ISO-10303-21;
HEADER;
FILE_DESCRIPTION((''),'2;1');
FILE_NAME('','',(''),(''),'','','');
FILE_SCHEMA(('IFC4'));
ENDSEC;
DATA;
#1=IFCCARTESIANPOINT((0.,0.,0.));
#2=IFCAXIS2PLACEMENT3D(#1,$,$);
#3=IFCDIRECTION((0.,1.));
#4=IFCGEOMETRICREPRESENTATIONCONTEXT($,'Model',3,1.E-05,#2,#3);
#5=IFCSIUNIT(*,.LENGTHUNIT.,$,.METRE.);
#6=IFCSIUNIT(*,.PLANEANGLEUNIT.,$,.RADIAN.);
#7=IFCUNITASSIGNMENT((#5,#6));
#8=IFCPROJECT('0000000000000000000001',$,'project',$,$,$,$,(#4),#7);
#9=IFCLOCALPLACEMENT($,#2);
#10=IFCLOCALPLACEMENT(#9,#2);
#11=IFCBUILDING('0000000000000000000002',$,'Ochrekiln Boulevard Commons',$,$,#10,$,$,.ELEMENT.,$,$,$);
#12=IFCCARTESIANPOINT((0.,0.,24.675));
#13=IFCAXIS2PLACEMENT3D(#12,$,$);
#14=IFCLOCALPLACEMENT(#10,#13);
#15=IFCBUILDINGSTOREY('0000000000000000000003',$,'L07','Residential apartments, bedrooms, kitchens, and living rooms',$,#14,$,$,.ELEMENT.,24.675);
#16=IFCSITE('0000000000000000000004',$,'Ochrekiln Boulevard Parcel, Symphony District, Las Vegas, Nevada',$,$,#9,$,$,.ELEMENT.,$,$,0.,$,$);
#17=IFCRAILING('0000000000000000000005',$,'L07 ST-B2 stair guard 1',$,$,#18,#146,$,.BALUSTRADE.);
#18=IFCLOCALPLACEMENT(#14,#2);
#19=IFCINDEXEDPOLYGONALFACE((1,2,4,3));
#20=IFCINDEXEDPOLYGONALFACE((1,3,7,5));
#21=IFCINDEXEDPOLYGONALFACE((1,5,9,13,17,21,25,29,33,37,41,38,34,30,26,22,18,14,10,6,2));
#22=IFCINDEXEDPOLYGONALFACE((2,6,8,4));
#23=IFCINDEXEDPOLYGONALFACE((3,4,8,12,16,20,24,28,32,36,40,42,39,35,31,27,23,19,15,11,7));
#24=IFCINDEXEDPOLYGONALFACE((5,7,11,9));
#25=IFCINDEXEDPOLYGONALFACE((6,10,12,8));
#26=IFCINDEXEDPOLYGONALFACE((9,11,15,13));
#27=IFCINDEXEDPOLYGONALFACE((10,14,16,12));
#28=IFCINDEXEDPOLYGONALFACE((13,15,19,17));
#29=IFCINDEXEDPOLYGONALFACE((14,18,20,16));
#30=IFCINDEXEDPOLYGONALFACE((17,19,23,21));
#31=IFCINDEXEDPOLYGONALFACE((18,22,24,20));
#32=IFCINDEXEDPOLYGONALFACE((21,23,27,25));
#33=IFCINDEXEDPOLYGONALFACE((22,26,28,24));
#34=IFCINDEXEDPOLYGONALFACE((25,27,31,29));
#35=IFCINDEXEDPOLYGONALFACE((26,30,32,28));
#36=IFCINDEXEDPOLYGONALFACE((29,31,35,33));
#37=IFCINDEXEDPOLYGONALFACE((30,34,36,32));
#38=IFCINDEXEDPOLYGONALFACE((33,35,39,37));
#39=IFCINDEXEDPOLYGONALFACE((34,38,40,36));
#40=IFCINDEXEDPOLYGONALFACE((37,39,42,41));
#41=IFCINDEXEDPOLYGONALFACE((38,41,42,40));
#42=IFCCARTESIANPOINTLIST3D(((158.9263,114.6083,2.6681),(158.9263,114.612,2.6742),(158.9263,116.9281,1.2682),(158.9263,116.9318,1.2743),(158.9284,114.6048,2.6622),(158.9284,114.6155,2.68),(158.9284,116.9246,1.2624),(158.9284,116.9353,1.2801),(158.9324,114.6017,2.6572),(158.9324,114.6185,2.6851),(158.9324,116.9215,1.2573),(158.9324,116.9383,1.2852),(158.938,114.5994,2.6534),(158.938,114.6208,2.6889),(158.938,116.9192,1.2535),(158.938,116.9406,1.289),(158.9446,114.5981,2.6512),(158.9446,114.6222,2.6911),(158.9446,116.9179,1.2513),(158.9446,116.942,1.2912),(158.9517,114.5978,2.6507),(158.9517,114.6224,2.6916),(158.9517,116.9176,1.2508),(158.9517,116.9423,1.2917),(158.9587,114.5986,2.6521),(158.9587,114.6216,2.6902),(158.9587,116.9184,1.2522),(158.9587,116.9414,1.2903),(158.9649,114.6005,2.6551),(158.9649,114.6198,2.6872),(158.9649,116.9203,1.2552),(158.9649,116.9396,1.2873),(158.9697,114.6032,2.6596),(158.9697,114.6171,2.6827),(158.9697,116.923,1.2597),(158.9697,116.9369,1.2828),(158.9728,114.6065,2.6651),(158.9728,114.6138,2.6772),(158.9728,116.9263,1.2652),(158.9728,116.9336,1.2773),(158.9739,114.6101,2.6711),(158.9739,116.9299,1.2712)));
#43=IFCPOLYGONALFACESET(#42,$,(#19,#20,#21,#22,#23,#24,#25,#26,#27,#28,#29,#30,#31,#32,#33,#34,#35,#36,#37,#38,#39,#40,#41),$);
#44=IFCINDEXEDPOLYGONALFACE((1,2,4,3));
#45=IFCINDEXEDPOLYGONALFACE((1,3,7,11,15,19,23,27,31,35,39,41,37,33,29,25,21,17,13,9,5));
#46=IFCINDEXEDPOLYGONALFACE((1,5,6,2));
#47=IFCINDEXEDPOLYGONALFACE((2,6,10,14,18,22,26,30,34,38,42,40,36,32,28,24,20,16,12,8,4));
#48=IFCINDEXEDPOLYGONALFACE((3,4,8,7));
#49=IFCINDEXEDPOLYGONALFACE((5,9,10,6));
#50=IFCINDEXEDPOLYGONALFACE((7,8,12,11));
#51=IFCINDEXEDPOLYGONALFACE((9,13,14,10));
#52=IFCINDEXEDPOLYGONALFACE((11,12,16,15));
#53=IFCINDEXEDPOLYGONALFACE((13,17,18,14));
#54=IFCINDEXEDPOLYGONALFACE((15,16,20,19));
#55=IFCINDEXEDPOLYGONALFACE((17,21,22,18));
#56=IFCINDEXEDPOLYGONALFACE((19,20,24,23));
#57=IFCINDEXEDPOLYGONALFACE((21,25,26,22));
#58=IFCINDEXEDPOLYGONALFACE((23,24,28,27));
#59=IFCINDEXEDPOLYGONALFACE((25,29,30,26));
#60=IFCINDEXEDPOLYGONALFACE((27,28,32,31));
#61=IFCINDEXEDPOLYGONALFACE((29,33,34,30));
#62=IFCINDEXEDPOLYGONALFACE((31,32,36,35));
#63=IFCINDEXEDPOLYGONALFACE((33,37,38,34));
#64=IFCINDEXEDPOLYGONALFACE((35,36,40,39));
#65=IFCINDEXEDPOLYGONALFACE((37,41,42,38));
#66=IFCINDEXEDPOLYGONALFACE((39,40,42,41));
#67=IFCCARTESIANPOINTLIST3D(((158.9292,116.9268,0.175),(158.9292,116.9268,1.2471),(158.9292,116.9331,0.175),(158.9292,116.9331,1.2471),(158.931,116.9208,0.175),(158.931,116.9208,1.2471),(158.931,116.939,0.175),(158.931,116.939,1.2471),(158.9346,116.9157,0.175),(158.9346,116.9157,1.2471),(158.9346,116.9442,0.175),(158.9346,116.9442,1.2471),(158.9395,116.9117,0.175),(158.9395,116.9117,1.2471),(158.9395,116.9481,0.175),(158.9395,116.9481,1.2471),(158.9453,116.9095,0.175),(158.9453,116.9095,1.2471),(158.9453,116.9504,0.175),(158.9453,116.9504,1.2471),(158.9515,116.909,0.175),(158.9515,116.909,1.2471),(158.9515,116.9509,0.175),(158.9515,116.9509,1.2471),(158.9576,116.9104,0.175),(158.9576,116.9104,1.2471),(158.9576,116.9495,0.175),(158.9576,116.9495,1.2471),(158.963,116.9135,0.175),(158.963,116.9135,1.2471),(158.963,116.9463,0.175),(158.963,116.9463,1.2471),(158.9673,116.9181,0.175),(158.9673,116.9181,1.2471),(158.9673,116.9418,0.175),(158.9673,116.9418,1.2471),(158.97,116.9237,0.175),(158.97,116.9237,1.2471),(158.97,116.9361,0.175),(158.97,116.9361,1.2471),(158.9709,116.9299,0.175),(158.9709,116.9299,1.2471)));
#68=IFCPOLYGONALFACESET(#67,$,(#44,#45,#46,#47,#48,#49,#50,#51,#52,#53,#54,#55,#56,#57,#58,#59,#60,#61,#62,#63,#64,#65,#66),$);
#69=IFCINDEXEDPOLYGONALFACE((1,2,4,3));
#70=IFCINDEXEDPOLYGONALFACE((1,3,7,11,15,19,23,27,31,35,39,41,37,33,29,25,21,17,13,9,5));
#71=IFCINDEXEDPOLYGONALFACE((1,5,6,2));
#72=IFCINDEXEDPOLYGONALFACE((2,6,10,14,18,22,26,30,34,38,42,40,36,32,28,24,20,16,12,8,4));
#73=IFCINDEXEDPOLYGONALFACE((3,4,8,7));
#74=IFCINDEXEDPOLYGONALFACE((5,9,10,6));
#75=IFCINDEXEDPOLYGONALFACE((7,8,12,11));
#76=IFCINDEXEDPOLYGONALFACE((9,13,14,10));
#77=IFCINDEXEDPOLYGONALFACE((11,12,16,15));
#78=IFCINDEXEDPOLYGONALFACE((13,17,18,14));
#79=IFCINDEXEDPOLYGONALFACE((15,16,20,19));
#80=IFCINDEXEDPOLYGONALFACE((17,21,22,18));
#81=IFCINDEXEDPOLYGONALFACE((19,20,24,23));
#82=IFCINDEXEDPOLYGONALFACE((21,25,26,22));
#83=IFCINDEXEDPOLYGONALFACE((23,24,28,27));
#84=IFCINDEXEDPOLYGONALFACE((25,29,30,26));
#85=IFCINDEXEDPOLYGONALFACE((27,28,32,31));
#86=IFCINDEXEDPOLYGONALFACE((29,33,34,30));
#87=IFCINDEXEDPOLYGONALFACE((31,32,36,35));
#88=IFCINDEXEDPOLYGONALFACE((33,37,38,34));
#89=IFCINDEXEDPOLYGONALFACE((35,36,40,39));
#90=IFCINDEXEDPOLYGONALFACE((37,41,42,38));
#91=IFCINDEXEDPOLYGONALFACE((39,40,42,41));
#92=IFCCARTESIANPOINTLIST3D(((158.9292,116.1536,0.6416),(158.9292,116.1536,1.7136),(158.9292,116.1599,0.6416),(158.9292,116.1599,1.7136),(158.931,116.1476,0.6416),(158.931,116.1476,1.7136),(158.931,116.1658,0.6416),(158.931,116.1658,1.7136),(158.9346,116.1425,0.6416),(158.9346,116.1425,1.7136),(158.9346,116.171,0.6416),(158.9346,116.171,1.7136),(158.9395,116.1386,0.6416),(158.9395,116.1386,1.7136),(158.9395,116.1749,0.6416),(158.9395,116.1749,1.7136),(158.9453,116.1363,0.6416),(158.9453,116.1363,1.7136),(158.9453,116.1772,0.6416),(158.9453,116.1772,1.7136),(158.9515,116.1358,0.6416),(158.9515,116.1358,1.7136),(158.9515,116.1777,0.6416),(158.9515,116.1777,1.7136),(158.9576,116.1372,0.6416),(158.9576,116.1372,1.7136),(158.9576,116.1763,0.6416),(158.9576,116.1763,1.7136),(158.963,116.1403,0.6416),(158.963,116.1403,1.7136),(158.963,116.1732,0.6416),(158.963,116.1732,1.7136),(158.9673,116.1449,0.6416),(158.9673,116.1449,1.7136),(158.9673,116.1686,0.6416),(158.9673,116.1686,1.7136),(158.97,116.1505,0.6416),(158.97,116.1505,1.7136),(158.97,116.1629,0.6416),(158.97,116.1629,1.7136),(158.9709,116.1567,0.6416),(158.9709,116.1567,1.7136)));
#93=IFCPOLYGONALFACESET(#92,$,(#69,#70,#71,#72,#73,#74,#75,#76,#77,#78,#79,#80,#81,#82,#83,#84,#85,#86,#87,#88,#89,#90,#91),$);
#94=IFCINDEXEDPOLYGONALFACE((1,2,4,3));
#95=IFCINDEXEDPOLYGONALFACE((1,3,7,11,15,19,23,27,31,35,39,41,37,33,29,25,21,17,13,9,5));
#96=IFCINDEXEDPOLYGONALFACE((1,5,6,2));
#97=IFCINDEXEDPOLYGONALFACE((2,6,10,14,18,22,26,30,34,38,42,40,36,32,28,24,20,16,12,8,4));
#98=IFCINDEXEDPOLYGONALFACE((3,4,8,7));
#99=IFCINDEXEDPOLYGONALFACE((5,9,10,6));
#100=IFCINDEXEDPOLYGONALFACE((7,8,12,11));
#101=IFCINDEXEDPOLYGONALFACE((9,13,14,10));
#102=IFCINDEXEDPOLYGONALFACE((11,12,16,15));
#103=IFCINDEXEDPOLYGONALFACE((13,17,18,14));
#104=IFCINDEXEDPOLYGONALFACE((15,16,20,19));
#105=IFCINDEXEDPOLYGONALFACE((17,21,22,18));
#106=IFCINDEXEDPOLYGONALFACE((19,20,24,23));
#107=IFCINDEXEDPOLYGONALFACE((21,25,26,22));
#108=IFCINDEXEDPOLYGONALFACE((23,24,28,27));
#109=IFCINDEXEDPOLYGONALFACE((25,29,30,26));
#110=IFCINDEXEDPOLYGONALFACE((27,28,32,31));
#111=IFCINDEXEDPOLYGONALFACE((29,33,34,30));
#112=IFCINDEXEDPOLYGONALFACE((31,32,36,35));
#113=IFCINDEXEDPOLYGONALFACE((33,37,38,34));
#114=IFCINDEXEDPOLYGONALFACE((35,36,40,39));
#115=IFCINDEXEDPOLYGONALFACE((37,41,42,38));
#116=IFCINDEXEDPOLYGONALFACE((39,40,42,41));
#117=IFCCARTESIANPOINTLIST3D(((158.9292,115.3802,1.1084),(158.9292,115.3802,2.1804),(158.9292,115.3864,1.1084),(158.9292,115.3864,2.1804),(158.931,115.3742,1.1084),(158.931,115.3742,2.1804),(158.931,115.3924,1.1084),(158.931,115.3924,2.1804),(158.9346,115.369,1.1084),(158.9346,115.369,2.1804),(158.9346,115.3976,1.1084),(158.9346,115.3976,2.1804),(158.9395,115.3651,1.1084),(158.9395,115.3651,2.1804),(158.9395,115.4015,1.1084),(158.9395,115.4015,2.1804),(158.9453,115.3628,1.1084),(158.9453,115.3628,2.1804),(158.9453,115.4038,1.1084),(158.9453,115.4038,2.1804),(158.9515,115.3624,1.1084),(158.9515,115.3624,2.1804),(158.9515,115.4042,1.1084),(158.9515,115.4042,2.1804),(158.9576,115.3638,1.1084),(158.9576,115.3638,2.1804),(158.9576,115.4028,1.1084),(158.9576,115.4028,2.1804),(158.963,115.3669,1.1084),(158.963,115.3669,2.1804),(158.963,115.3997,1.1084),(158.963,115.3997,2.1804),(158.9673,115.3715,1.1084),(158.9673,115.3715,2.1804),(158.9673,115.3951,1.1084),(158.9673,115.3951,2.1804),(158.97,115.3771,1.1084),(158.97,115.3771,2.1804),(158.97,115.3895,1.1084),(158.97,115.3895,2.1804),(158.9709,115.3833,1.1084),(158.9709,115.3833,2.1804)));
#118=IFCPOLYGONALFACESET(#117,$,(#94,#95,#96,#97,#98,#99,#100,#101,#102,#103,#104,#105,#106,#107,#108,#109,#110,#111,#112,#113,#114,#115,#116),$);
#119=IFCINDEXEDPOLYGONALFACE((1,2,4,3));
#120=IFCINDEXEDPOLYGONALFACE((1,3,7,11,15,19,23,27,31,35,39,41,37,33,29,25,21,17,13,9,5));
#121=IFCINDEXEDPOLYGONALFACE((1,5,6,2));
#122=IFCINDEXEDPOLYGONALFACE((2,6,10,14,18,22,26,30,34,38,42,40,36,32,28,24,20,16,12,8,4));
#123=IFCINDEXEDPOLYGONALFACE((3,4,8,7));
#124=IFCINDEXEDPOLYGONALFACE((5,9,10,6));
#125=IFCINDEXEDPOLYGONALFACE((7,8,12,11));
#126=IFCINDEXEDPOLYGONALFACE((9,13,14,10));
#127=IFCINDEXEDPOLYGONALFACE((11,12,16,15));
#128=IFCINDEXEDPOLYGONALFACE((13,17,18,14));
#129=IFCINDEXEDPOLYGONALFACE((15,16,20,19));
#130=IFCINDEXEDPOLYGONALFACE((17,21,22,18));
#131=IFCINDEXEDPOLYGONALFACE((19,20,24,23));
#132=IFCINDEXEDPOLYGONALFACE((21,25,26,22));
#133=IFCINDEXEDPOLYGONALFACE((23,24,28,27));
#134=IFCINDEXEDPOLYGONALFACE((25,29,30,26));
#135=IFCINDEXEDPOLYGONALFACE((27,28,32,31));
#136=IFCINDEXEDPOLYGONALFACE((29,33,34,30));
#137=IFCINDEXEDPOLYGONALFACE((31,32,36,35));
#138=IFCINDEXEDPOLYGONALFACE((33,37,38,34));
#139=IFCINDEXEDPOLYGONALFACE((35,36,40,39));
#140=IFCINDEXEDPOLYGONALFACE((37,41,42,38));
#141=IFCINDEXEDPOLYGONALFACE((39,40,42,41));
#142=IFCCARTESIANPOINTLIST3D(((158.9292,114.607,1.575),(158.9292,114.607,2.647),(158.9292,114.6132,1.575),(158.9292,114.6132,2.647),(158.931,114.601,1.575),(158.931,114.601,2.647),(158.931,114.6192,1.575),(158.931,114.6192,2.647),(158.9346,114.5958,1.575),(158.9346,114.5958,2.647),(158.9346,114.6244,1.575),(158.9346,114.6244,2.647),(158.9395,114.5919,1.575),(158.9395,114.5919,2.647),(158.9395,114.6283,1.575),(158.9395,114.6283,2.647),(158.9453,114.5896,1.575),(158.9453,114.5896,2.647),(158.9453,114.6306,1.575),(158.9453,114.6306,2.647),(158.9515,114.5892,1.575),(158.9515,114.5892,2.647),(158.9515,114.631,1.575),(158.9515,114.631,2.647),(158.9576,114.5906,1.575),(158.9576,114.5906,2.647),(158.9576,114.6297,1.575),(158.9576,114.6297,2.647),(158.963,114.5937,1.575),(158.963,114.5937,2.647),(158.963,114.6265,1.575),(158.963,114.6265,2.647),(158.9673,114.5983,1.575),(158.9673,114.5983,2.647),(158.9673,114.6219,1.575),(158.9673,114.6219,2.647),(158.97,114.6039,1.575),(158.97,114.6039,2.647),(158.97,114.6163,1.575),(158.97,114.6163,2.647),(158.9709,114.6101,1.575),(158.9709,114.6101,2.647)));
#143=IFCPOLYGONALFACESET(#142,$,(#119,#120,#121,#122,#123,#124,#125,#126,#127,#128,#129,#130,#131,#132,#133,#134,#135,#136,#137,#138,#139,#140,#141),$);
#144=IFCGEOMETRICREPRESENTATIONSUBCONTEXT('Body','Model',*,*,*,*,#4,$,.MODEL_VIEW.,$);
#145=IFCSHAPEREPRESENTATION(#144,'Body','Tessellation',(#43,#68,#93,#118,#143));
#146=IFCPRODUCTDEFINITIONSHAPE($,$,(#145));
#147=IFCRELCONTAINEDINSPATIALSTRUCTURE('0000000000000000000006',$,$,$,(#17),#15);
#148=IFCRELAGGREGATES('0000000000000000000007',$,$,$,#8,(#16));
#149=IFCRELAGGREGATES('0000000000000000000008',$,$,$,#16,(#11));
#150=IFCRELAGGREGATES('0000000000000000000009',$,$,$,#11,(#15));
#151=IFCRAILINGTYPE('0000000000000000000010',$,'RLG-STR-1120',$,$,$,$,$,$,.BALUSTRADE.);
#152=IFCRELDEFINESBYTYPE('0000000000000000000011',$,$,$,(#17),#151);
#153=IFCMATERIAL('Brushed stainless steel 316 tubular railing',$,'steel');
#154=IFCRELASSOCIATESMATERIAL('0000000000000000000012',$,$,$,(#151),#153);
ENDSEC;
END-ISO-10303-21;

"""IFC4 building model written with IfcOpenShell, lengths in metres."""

from ifc_helpers import new_model, si_unit, direction, frame, origin, origin_2d, place, context, subcontext, project, spatial, circle, extrude, material, type_object, element, save


model = new_model("IFC4")

# Units and contexts
model_context = context("Model", 3, precision=1e-05, world=origin(), true_north=direction((0.0, 1.0)))
body_context = subcontext(model_context, "Body", "Model", "MODEL_VIEW")
ifc_project = project(units=[si_unit("LENGTHUNIT", "METRE"), si_unit("PLANEANGLEUNIT", "RADIAN")], contexts=[model_context])

# Site, building, storey
site_placement = place(None, origin())
site = spatial("IfcSite", under=ifc_project, at=site_placement, Name="Ochrekiln Boulevard Parcel, Symphony District, Las Vegas, Nevada", CompositionType="ELEMENT", RefElevation=0.0)
building_placement = place(site_placement, origin())
building = spatial("IfcBuilding", under=site, at=building_placement, Name="Ochrekiln Boulevard Commons", CompositionType="ELEMENT")
storey_placement = place(building_placement, frame((0.0, 0.0, 24.675)))
storey = spatial("IfcBuildingStorey", under=building, at=storey_placement, Name="L07", Description="Residential apartments, bedrooms, kitchens, and living rooms", CompositionType="ELEMENT", Elevation=24.675)

# Railing
ifc_material_1 = material(Name="Brushed stainless steel 316 tubular railing", Category="steel")
railing_type_1 = type_object("IfcRailingType", Name="RLG-STR-1120", PredefinedType="BALUSTRADE", material=ifc_material_1)
railing_1_placement = place(storey_placement, frame((158.95, 116.9299, 0.175)))
element("IfcRailing", 1, at=railing_1_placement, inside=storey, type_object=railing_type_1, Name="L07 ST-B2 stair guard 1", PredefinedType="BALUSTRADE", context=body_context, shape_type="SweptSolid", body=[
    extrude(circle(Radius=0.0239, at=origin_2d()), frame((0.0, 0.0, 1.0962), z_axis=(0.0, -0.856186, 0.516667), x_axis=(1.0, 0.0, 0.0)), (0.0, 0.0, 1.0), 2.7095),
    extrude(circle(Radius=0.021, at=origin_2d()), origin(), (0.0, 0.0, 1.0), 1.072),
    extrude(circle(Radius=0.021, at=origin_2d()), frame((0.0, -0.7732, 0.4666)), (0.0, 0.0, 1.0), 1.072),
    extrude(circle(Radius=0.021, at=origin_2d()), frame((0.0, -1.5466, 0.9333)), (0.0, 0.0, 1.0), 1.072),
    extrude(circle(Radius=0.021, at=origin_2d()), frame((0.0, -2.3198, 1.3999)), (0.0, 0.0, 1.0), 1.072),
])

save(model, "model.ifc")
